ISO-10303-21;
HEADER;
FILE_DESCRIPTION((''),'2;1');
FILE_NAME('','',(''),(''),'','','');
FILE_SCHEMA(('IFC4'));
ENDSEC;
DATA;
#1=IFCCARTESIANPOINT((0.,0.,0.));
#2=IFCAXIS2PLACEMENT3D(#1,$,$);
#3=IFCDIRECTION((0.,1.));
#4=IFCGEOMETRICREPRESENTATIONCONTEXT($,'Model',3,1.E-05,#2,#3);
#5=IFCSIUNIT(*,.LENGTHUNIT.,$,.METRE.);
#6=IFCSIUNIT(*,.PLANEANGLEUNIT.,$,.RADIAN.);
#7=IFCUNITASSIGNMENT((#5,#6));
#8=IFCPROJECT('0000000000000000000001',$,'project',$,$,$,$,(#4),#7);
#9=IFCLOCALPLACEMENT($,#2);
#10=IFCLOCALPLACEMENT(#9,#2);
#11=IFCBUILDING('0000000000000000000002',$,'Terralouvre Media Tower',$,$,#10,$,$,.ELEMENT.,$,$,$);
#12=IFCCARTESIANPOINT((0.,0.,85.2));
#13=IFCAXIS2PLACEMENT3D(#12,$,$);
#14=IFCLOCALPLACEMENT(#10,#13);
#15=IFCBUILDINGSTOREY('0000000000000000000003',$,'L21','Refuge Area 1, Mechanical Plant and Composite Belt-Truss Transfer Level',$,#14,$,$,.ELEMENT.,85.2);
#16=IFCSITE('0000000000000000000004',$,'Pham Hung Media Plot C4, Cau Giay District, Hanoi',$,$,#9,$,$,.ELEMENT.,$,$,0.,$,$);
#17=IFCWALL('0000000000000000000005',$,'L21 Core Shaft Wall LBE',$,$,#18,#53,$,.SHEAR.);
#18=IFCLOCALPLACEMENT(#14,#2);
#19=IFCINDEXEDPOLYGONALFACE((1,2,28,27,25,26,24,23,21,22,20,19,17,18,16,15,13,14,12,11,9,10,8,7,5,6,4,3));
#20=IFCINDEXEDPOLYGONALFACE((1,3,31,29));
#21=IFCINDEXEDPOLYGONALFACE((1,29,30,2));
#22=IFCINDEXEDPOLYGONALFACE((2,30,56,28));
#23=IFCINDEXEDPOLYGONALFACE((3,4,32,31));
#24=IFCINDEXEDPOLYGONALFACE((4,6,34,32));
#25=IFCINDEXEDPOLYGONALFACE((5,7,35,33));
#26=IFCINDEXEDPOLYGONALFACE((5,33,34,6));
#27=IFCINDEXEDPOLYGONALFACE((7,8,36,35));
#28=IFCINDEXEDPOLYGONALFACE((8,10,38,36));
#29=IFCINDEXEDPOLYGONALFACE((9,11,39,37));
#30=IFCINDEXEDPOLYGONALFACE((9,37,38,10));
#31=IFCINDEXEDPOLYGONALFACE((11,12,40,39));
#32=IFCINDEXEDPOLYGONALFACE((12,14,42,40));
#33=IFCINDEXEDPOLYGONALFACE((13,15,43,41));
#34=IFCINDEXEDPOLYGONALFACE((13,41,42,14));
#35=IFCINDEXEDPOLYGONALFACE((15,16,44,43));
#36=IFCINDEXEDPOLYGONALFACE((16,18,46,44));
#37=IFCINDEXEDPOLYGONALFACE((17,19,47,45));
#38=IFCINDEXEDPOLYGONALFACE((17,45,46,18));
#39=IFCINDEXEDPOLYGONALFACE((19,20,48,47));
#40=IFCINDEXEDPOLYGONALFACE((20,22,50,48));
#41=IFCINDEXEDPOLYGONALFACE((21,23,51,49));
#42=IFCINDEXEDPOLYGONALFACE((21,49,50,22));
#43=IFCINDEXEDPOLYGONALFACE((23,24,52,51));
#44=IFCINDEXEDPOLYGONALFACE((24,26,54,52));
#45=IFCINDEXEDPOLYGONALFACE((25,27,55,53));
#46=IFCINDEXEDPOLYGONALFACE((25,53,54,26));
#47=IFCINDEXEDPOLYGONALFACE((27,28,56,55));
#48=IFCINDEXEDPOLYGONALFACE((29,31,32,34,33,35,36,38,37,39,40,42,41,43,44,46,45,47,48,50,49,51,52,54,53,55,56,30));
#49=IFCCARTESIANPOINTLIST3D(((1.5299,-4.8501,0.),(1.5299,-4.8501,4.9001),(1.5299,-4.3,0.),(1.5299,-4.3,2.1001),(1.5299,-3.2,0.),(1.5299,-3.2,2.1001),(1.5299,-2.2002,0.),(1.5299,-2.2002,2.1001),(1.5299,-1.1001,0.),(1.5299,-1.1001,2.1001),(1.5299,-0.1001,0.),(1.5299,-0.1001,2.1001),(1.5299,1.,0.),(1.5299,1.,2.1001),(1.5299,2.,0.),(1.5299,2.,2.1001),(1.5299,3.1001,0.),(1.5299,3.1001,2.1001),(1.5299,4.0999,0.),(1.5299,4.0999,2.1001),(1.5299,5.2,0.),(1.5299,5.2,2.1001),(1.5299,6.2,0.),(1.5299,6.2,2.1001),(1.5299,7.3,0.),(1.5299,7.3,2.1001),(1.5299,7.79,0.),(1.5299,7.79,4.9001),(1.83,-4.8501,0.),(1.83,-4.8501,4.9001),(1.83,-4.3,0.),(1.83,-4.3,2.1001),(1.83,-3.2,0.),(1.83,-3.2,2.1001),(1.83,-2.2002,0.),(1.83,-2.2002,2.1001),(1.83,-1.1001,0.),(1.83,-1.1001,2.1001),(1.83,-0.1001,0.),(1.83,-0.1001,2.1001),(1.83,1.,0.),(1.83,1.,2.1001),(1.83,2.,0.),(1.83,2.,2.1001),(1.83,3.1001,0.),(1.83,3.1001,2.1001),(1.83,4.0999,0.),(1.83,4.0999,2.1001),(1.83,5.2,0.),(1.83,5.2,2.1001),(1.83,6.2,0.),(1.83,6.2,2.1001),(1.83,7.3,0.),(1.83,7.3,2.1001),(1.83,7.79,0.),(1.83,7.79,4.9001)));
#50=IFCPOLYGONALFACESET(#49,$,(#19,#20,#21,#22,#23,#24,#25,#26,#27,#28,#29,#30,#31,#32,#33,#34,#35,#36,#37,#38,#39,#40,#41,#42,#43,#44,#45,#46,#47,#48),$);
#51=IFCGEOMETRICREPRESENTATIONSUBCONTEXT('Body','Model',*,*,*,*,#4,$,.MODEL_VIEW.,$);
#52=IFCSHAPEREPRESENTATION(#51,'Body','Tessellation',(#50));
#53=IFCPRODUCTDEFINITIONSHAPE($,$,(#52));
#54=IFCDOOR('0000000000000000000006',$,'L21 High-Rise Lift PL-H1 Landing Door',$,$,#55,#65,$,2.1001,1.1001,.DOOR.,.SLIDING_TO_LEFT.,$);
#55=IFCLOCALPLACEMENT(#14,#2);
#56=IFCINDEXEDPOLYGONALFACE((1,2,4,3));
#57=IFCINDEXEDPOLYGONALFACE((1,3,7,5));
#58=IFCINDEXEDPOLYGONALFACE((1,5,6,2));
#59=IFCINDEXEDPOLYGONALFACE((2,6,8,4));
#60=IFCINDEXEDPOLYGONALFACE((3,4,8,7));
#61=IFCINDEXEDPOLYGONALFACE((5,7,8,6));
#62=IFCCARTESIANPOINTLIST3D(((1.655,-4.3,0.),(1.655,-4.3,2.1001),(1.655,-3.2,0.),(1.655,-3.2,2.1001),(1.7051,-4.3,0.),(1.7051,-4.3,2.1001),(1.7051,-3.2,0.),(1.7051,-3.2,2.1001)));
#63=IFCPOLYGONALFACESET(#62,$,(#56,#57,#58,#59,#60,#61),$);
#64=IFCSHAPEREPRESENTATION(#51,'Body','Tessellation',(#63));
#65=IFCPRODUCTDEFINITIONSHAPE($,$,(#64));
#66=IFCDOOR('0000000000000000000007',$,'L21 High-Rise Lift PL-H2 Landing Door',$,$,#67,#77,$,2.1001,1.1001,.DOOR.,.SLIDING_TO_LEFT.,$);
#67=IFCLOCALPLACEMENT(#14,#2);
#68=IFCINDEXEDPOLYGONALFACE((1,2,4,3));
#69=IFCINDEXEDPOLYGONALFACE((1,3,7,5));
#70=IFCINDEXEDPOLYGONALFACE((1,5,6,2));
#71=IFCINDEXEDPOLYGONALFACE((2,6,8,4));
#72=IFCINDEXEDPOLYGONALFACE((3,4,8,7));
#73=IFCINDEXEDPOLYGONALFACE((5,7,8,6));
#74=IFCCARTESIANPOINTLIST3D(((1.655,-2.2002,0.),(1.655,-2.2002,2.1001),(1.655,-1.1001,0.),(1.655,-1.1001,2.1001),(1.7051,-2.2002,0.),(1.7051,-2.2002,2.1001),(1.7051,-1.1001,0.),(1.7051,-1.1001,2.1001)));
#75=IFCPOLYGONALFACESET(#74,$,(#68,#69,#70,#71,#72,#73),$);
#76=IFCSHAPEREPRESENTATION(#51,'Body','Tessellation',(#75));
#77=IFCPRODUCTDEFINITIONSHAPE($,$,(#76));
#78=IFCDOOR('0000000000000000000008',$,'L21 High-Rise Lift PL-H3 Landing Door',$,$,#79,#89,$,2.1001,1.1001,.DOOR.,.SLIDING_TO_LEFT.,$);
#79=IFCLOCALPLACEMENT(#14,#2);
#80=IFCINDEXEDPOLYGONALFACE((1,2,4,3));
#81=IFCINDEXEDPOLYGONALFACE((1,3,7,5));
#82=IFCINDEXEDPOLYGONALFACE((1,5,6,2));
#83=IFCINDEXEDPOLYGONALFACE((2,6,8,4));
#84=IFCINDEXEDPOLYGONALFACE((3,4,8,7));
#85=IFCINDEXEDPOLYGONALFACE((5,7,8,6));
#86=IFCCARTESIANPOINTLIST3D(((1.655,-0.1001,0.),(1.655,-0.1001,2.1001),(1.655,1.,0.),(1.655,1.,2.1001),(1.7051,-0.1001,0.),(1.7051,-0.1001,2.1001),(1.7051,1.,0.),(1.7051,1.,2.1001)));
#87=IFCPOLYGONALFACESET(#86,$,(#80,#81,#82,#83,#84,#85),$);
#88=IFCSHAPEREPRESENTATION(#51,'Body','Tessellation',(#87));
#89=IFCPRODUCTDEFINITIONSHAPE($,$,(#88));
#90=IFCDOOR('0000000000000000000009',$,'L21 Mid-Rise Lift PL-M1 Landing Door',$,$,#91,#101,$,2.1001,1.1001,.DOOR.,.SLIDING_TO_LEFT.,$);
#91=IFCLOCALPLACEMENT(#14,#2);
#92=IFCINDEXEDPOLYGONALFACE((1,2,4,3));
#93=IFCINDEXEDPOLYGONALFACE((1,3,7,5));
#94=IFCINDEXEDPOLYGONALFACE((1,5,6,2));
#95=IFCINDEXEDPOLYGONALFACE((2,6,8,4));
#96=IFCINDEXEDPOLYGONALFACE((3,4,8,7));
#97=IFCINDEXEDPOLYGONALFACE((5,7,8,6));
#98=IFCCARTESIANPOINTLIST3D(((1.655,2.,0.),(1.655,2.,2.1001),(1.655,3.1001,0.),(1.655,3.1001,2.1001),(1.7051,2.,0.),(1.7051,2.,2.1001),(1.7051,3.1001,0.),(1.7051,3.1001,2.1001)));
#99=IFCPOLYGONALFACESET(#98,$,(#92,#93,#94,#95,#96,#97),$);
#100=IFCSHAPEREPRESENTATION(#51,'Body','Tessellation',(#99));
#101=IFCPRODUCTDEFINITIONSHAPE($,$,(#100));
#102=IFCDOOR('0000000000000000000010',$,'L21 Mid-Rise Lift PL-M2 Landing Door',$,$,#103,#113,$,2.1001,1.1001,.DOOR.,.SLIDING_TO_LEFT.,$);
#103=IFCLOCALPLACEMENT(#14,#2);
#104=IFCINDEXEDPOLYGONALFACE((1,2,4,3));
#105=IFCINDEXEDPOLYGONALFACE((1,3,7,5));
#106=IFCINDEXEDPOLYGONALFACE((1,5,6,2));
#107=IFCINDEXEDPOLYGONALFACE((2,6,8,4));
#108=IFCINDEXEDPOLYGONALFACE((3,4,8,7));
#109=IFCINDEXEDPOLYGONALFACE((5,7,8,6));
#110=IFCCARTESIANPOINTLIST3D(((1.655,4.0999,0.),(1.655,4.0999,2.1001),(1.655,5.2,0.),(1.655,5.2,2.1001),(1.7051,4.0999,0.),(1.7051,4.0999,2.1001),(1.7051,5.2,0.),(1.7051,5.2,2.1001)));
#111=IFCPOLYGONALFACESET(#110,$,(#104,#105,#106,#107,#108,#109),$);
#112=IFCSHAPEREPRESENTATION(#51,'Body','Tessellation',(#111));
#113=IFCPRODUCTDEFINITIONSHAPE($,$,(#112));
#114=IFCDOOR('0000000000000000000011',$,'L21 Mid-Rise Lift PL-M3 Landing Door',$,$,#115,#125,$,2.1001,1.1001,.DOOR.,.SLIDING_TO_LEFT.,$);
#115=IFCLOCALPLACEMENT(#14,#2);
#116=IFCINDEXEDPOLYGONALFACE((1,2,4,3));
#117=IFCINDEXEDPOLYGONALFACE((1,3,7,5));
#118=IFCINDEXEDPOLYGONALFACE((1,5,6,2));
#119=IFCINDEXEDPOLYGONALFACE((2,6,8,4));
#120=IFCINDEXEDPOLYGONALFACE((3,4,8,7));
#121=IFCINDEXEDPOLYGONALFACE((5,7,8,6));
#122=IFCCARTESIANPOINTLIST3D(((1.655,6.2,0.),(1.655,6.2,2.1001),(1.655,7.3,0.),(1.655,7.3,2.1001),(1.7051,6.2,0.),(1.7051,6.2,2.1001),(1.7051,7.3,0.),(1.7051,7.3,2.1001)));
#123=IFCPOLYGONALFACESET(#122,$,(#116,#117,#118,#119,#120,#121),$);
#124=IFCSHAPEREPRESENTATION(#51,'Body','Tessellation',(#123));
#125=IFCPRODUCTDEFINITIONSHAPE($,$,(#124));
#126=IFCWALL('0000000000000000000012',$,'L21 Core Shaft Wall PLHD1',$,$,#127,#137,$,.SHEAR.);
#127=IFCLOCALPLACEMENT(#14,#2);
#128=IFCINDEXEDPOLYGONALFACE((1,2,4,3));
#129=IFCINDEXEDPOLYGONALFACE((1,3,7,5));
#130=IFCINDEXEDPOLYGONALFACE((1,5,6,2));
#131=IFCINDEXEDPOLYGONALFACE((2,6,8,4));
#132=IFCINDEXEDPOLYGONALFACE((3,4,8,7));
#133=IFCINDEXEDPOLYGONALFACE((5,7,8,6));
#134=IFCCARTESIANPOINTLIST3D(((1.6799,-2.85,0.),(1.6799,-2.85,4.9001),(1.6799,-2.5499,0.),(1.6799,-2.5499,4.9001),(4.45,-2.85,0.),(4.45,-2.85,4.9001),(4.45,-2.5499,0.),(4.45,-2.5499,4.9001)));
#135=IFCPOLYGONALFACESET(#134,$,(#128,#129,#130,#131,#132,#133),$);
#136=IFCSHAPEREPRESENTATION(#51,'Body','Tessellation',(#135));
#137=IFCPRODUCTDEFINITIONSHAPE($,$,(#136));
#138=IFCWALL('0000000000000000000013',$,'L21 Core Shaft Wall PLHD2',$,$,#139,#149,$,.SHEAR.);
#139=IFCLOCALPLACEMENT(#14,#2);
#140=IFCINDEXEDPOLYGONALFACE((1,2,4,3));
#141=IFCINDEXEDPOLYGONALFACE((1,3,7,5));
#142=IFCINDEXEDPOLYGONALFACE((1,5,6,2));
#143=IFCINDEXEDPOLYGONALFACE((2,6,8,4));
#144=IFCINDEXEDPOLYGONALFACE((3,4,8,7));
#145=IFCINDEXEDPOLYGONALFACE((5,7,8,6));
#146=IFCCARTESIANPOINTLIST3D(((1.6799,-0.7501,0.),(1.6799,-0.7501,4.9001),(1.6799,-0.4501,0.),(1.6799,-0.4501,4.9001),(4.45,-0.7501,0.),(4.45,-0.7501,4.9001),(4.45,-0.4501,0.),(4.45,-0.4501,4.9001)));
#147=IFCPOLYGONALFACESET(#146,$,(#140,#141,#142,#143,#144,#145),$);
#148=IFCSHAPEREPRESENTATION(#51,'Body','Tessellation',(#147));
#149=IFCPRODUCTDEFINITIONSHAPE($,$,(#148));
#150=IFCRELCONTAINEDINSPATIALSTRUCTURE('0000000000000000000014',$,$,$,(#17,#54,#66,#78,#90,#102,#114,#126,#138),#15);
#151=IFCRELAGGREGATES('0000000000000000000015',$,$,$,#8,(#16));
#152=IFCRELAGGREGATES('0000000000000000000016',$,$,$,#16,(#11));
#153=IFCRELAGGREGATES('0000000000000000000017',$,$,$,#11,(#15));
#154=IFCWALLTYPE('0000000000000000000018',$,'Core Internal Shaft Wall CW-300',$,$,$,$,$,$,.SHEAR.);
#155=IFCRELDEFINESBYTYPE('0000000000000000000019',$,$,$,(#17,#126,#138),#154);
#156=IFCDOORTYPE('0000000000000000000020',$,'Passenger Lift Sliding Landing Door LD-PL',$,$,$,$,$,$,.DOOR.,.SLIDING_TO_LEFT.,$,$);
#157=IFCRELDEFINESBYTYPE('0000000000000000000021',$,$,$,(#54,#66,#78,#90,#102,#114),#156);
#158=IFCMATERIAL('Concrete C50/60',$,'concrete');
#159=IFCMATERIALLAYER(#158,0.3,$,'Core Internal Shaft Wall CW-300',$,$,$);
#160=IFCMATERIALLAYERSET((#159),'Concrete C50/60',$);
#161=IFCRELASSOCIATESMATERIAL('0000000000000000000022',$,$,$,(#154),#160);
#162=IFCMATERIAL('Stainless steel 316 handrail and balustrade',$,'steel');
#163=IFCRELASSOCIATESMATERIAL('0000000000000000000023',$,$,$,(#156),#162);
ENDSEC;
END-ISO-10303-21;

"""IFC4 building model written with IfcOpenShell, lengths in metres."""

from ifc_helpers import new_model, si_unit, direction, frame, frame_2d, origin, place, context, subcontext, project, spatial, rectangle, extrude, material, layer, layer_set, type_object, element, fill, save


model = new_model("IFC4")

# Units and contexts
model_context = context("Model", 3, precision=1e-05, world=origin(), true_north=direction((0.0, 1.0)))
body_context = subcontext(model_context, "Body", "Model", "MODEL_VIEW")
ifc_project = project(units=[si_unit("LENGTHUNIT", "METRE"), si_unit("PLANEANGLEUNIT", "RADIAN")], contexts=[model_context])

# Site, building, storey
site_placement = place(None, origin())
site = spatial("IfcSite", under=ifc_project, at=site_placement, Name="Pham Hung Media Plot C4, Cau Giay District, Hanoi", CompositionType="ELEMENT", RefElevation=0.0)
building_placement = place(site_placement, origin())
building = spatial("IfcBuilding", under=site, at=building_placement, Name="Terralouvre Media Tower", CompositionType="ELEMENT")
storey_placement = place(building_placement, frame((0.0, 0.0, 85.2)))
storey = spatial("IfcBuildingStorey", under=building, at=storey_placement, Name="L21", Description="Refuge Area 1, Mechanical Plant and Composite Belt-Truss Transfer Level", CompositionType="ELEMENT", Elevation=85.2)

# Shared definitions
ifc_material_1 = material(Name="Concrete C50/60", Category="concrete")
ifc_layer_1 = layer(ifc_material_1, 0.3, Name="Core Internal Shaft Wall CW-300")
ifc_layer_set_1 = layer_set([ifc_layer_1], Name="Concrete C50/60")
wall_type_1 = type_object("IfcWallType", Name="Core Internal Shaft Wall CW-300", PredefinedType="SHEAR", material=ifc_layer_set_1)

# Wall, openings, doors
wall_1_placement = place(storey_placement, frame((1.6799, -4.8501, 0.0), z_axis=(0.0, 0.0, 1.0), x_axis=(0.0, 1.0, 0.0)))
wall_1 = element("IfcWall", 1, at=wall_1_placement, inside=storey, type_object=wall_type_1, Name="L21 Core Shaft Wall LBE", PredefinedType="SHEAR", context=body_context, shape_type="SweptSolid", body=[
    extrude(rectangle(XDim=12.6401, YDim=0.3, at=frame_2d((6.3201, 0.0))), origin(), (0.0, 0.0, 1.0), 4.9001),
])
opening_1_placement = place(wall_1_placement, frame((0.55, 0.0, 0.0)))
opening_1 = element("IfcOpeningElement", 2, at=opening_1_placement, cuts=wall_1, PredefinedType="OPENING", context=body_context, shape_type="SweptSolid", body=[
    extrude(rectangle(XDim=1.1001, YDim=2.1001, at=frame_2d((0.55, 1.05))), frame((0.0, 0.1599, 0.0), z_axis=(0.0, -1.0, 0.0), x_axis=(1.0, 0.0, 0.0)), (0.0, 0.0, 1.0), 0.3201),
])
opening_2_placement = place(wall_1_placement, frame((2.6499, 0.0, 0.0)))
opening_2 = element("IfcOpeningElement", 3, at=opening_2_placement, cuts=wall_1, PredefinedType="OPENING", context=body_context, shape_type="SweptSolid", body=[
    extrude(rectangle(XDim=1.1001, YDim=2.1001, at=frame_2d((0.55, 1.05))), frame((0.0, 0.1599, 0.0), z_axis=(0.0, -1.0, 0.0), x_axis=(1.0, 0.0, 0.0)), (0.0, 0.0, 1.0), 0.3201),
])
opening_3_placement = place(wall_1_placement, frame((4.75, 0.0, 0.0)))
opening_3 = element("IfcOpeningElement", 4, at=opening_3_placement, cuts=wall_1, PredefinedType="OPENING", context=body_context, shape_type="SweptSolid", body=[
    extrude(rectangle(XDim=1.1001, YDim=2.1001, at=frame_2d((0.55, 1.05))), frame((0.0, 0.1599, 0.0), z_axis=(0.0, -1.0, 0.0), x_axis=(1.0, 0.0, 0.0)), (0.0, 0.0, 1.0), 0.3201),
])
opening_4_placement = place(wall_1_placement, frame((6.8501, 0.0, 0.0)))
opening_4 = element("IfcOpeningElement", 5, at=opening_4_placement, cuts=wall_1, PredefinedType="OPENING", context=body_context, shape_type="SweptSolid", body=[
    extrude(rectangle(XDim=1.1001, YDim=2.1001, at=frame_2d((0.55, 1.05))), frame((0.0, 0.1599, 0.0), z_axis=(0.0, -1.0, 0.0), x_axis=(1.0, 0.0, 0.0)), (0.0, 0.0, 1.0), 0.3201),
])
opening_5_placement = place(wall_1_placement, frame((8.95, 0.0, 0.0)))
opening_5 = element("IfcOpeningElement", 6, at=opening_5_placement, cuts=wall_1, PredefinedType="OPENING", context=body_context, shape_type="SweptSolid", body=[
    extrude(rectangle(XDim=1.1001, YDim=2.1001, at=frame_2d((0.55, 1.05))), frame((0.0, 0.1599, 0.0), z_axis=(0.0, -1.0, 0.0), x_axis=(1.0, 0.0, 0.0)), (0.0, 0.0, 1.0), 0.3201),
])
opening_6_placement = place(wall_1_placement, frame((11.05, 0.0, 0.0)))
opening_6 = element("IfcOpeningElement", 7, at=opening_6_placement, cuts=wall_1, PredefinedType="OPENING", context=body_context, shape_type="SweptSolid", body=[
    extrude(rectangle(XDim=1.1001, YDim=2.1001, at=frame_2d((0.55, 1.05))), frame((0.0, 0.1599, 0.0), z_axis=(0.0, -1.0, 0.0), x_axis=(1.0, 0.0, 0.0)), (0.0, 0.0, 1.0), 0.3201),
])
ifc_material_2 = material(Name="Stainless steel 316 handrail and balustrade", Category="steel")
door_type_1 = type_object("IfcDoorType", Name="Passenger Lift Sliding Landing Door LD-PL", OperationType="SLIDING_TO_LEFT", PredefinedType="DOOR", material=ifc_material_2)
door_1_placement = place(opening_1_placement, origin())
door_1 = element("IfcDoor", 8, at=door_1_placement, inside=storey, type_object=door_type_1, Name="L21 High-Rise Lift PL-H1 Landing Door", OperationType="SLIDING_TO_LEFT", OverallHeight=2.1001, OverallWidth=1.1001, PredefinedType="DOOR", context=body_context, shape_type="SweptSolid", body=[
    extrude(rectangle(XDim=1.1001, YDim=2.1001, at=frame_2d((0.55, 1.05))), frame((0.0, 0.0249, 0.0), z_axis=(0.0, -1.0, 0.0), x_axis=(1.0, 0.0, 0.0)), (0.0, 0.0, 1.0), 0.05),
])
fill(opening_1, door_1)
door_2_placement = place(opening_2_placement, origin())
door_2 = element("IfcDoor", 9, at=door_2_placement, inside=storey, type_object=door_type_1, Name="L21 High-Rise Lift PL-H2 Landing Door", OperationType="SLIDING_TO_LEFT", OverallHeight=2.1001, OverallWidth=1.1001, PredefinedType="DOOR", context=body_context, shape_type="SweptSolid", body=[
    extrude(rectangle(XDim=1.1001, YDim=2.1001, at=frame_2d((0.55, 1.05))), frame((0.0, 0.0249, 0.0), z_axis=(0.0, -1.0, 0.0), x_axis=(1.0, 0.0, 0.0)), (0.0, 0.0, 1.0), 0.05),
])
fill(opening_2, door_2)
door_3_placement = place(opening_3_placement, origin())
door_3 = element("IfcDoor", 10, at=door_3_placement, inside=storey, type_object=door_type_1, Name="L21 High-Rise Lift PL-H3 Landing Door", OperationType="SLIDING_TO_LEFT", OverallHeight=2.1001, OverallWidth=1.1001, PredefinedType="DOOR", context=body_context, shape_type="SweptSolid", body=[
    extrude(rectangle(XDim=1.1001, YDim=2.1001, at=frame_2d((0.55, 1.05))), frame((0.0, 0.0249, 0.0), z_axis=(0.0, -1.0, 0.0), x_axis=(1.0, 0.0, 0.0)), (0.0, 0.0, 1.0), 0.05),
])
fill(opening_3, door_3)
door_4_placement = place(opening_4_placement, origin())
door_4 = element("IfcDoor", 11, at=door_4_placement, inside=storey, type_object=door_type_1, Name="L21 Mid-Rise Lift PL-M1 Landing Door", OperationType="SLIDING_TO_LEFT", OverallHeight=2.1001, OverallWidth=1.1001, PredefinedType="DOOR", context=body_context, shape_type="SweptSolid", body=[
    extrude(rectangle(XDim=1.1001, YDim=2.1001, at=frame_2d((0.55, 1.05))), frame((0.0, 0.0249, 0.0), z_axis=(0.0, -1.0, 0.0), x_axis=(1.0, 0.0, 0.0)), (0.0, 0.0, 1.0), 0.05),
])
fill(opening_4, door_4)
door_5_placement = place(opening_5_placement, origin())
door_5 = element("IfcDoor", 12, at=door_5_placement, inside=storey, type_object=door_type_1, Name="L21 Mid-Rise Lift PL-M2 Landing Door", OperationType="SLIDING_TO_LEFT", OverallHeight=2.1001, OverallWidth=1.1001, PredefinedType="DOOR", context=body_context, shape_type="SweptSolid", body=[
    extrude(rectangle(XDim=1.1001, YDim=2.1001, at=frame_2d((0.55, 1.05))), frame((0.0, 0.0249, 0.0), z_axis=(0.0, -1.0, 0.0), x_axis=(1.0, 0.0, 0.0)), (0.0, 0.0, 1.0), 0.05),
])
fill(opening_5, door_5)
door_6_placement = place(opening_6_placement, origin())
door_6 = element("IfcDoor", 13, at=door_6_placement, inside=storey, type_object=door_type_1, Name="L21 Mid-Rise Lift PL-M3 Landing Door", OperationType="SLIDING_TO_LEFT", OverallHeight=2.1001, OverallWidth=1.1001, PredefinedType="DOOR", context=body_context, shape_type="SweptSolid", body=[
    extrude(rectangle(XDim=1.1001, YDim=2.1001, at=frame_2d((0.55, 1.05))), frame((0.0, 0.0249, 0.0), z_axis=(0.0, -1.0, 0.0), x_axis=(1.0, 0.0, 0.0)), (0.0, 0.0, 1.0), 0.05),
])
fill(opening_6, door_6)

# Walls
for number, where, z_axis, x_axis, name in (
    (14, (1.6799, -2.7, 0.0), (0.0, 0.0, 1.0), (1.0, 0.0, 0.0), "L21 Core Shaft Wall PLHD1"),
    (15, (1.6799, -0.6001, 0.0), (0.0, 0.0, 1.0), (1.0, 0.0, 0.0), "L21 Core Shaft Wall PLHD2"),
):
    element("IfcWall", number, at=place(storey_placement, frame(where, z_axis=z_axis, x_axis=x_axis)), inside=storey, type_object=wall_type_1, Name=name, PredefinedType="SHEAR", context=body_context, shape_type="SweptSolid", body=[
        extrude(rectangle(XDim=2.77, YDim=0.3, at=frame_2d((1.385, 0.0))), origin(), (0.0, 0.0, 1.0), 4.9001),
    ])

save(model, "model.ifc")
